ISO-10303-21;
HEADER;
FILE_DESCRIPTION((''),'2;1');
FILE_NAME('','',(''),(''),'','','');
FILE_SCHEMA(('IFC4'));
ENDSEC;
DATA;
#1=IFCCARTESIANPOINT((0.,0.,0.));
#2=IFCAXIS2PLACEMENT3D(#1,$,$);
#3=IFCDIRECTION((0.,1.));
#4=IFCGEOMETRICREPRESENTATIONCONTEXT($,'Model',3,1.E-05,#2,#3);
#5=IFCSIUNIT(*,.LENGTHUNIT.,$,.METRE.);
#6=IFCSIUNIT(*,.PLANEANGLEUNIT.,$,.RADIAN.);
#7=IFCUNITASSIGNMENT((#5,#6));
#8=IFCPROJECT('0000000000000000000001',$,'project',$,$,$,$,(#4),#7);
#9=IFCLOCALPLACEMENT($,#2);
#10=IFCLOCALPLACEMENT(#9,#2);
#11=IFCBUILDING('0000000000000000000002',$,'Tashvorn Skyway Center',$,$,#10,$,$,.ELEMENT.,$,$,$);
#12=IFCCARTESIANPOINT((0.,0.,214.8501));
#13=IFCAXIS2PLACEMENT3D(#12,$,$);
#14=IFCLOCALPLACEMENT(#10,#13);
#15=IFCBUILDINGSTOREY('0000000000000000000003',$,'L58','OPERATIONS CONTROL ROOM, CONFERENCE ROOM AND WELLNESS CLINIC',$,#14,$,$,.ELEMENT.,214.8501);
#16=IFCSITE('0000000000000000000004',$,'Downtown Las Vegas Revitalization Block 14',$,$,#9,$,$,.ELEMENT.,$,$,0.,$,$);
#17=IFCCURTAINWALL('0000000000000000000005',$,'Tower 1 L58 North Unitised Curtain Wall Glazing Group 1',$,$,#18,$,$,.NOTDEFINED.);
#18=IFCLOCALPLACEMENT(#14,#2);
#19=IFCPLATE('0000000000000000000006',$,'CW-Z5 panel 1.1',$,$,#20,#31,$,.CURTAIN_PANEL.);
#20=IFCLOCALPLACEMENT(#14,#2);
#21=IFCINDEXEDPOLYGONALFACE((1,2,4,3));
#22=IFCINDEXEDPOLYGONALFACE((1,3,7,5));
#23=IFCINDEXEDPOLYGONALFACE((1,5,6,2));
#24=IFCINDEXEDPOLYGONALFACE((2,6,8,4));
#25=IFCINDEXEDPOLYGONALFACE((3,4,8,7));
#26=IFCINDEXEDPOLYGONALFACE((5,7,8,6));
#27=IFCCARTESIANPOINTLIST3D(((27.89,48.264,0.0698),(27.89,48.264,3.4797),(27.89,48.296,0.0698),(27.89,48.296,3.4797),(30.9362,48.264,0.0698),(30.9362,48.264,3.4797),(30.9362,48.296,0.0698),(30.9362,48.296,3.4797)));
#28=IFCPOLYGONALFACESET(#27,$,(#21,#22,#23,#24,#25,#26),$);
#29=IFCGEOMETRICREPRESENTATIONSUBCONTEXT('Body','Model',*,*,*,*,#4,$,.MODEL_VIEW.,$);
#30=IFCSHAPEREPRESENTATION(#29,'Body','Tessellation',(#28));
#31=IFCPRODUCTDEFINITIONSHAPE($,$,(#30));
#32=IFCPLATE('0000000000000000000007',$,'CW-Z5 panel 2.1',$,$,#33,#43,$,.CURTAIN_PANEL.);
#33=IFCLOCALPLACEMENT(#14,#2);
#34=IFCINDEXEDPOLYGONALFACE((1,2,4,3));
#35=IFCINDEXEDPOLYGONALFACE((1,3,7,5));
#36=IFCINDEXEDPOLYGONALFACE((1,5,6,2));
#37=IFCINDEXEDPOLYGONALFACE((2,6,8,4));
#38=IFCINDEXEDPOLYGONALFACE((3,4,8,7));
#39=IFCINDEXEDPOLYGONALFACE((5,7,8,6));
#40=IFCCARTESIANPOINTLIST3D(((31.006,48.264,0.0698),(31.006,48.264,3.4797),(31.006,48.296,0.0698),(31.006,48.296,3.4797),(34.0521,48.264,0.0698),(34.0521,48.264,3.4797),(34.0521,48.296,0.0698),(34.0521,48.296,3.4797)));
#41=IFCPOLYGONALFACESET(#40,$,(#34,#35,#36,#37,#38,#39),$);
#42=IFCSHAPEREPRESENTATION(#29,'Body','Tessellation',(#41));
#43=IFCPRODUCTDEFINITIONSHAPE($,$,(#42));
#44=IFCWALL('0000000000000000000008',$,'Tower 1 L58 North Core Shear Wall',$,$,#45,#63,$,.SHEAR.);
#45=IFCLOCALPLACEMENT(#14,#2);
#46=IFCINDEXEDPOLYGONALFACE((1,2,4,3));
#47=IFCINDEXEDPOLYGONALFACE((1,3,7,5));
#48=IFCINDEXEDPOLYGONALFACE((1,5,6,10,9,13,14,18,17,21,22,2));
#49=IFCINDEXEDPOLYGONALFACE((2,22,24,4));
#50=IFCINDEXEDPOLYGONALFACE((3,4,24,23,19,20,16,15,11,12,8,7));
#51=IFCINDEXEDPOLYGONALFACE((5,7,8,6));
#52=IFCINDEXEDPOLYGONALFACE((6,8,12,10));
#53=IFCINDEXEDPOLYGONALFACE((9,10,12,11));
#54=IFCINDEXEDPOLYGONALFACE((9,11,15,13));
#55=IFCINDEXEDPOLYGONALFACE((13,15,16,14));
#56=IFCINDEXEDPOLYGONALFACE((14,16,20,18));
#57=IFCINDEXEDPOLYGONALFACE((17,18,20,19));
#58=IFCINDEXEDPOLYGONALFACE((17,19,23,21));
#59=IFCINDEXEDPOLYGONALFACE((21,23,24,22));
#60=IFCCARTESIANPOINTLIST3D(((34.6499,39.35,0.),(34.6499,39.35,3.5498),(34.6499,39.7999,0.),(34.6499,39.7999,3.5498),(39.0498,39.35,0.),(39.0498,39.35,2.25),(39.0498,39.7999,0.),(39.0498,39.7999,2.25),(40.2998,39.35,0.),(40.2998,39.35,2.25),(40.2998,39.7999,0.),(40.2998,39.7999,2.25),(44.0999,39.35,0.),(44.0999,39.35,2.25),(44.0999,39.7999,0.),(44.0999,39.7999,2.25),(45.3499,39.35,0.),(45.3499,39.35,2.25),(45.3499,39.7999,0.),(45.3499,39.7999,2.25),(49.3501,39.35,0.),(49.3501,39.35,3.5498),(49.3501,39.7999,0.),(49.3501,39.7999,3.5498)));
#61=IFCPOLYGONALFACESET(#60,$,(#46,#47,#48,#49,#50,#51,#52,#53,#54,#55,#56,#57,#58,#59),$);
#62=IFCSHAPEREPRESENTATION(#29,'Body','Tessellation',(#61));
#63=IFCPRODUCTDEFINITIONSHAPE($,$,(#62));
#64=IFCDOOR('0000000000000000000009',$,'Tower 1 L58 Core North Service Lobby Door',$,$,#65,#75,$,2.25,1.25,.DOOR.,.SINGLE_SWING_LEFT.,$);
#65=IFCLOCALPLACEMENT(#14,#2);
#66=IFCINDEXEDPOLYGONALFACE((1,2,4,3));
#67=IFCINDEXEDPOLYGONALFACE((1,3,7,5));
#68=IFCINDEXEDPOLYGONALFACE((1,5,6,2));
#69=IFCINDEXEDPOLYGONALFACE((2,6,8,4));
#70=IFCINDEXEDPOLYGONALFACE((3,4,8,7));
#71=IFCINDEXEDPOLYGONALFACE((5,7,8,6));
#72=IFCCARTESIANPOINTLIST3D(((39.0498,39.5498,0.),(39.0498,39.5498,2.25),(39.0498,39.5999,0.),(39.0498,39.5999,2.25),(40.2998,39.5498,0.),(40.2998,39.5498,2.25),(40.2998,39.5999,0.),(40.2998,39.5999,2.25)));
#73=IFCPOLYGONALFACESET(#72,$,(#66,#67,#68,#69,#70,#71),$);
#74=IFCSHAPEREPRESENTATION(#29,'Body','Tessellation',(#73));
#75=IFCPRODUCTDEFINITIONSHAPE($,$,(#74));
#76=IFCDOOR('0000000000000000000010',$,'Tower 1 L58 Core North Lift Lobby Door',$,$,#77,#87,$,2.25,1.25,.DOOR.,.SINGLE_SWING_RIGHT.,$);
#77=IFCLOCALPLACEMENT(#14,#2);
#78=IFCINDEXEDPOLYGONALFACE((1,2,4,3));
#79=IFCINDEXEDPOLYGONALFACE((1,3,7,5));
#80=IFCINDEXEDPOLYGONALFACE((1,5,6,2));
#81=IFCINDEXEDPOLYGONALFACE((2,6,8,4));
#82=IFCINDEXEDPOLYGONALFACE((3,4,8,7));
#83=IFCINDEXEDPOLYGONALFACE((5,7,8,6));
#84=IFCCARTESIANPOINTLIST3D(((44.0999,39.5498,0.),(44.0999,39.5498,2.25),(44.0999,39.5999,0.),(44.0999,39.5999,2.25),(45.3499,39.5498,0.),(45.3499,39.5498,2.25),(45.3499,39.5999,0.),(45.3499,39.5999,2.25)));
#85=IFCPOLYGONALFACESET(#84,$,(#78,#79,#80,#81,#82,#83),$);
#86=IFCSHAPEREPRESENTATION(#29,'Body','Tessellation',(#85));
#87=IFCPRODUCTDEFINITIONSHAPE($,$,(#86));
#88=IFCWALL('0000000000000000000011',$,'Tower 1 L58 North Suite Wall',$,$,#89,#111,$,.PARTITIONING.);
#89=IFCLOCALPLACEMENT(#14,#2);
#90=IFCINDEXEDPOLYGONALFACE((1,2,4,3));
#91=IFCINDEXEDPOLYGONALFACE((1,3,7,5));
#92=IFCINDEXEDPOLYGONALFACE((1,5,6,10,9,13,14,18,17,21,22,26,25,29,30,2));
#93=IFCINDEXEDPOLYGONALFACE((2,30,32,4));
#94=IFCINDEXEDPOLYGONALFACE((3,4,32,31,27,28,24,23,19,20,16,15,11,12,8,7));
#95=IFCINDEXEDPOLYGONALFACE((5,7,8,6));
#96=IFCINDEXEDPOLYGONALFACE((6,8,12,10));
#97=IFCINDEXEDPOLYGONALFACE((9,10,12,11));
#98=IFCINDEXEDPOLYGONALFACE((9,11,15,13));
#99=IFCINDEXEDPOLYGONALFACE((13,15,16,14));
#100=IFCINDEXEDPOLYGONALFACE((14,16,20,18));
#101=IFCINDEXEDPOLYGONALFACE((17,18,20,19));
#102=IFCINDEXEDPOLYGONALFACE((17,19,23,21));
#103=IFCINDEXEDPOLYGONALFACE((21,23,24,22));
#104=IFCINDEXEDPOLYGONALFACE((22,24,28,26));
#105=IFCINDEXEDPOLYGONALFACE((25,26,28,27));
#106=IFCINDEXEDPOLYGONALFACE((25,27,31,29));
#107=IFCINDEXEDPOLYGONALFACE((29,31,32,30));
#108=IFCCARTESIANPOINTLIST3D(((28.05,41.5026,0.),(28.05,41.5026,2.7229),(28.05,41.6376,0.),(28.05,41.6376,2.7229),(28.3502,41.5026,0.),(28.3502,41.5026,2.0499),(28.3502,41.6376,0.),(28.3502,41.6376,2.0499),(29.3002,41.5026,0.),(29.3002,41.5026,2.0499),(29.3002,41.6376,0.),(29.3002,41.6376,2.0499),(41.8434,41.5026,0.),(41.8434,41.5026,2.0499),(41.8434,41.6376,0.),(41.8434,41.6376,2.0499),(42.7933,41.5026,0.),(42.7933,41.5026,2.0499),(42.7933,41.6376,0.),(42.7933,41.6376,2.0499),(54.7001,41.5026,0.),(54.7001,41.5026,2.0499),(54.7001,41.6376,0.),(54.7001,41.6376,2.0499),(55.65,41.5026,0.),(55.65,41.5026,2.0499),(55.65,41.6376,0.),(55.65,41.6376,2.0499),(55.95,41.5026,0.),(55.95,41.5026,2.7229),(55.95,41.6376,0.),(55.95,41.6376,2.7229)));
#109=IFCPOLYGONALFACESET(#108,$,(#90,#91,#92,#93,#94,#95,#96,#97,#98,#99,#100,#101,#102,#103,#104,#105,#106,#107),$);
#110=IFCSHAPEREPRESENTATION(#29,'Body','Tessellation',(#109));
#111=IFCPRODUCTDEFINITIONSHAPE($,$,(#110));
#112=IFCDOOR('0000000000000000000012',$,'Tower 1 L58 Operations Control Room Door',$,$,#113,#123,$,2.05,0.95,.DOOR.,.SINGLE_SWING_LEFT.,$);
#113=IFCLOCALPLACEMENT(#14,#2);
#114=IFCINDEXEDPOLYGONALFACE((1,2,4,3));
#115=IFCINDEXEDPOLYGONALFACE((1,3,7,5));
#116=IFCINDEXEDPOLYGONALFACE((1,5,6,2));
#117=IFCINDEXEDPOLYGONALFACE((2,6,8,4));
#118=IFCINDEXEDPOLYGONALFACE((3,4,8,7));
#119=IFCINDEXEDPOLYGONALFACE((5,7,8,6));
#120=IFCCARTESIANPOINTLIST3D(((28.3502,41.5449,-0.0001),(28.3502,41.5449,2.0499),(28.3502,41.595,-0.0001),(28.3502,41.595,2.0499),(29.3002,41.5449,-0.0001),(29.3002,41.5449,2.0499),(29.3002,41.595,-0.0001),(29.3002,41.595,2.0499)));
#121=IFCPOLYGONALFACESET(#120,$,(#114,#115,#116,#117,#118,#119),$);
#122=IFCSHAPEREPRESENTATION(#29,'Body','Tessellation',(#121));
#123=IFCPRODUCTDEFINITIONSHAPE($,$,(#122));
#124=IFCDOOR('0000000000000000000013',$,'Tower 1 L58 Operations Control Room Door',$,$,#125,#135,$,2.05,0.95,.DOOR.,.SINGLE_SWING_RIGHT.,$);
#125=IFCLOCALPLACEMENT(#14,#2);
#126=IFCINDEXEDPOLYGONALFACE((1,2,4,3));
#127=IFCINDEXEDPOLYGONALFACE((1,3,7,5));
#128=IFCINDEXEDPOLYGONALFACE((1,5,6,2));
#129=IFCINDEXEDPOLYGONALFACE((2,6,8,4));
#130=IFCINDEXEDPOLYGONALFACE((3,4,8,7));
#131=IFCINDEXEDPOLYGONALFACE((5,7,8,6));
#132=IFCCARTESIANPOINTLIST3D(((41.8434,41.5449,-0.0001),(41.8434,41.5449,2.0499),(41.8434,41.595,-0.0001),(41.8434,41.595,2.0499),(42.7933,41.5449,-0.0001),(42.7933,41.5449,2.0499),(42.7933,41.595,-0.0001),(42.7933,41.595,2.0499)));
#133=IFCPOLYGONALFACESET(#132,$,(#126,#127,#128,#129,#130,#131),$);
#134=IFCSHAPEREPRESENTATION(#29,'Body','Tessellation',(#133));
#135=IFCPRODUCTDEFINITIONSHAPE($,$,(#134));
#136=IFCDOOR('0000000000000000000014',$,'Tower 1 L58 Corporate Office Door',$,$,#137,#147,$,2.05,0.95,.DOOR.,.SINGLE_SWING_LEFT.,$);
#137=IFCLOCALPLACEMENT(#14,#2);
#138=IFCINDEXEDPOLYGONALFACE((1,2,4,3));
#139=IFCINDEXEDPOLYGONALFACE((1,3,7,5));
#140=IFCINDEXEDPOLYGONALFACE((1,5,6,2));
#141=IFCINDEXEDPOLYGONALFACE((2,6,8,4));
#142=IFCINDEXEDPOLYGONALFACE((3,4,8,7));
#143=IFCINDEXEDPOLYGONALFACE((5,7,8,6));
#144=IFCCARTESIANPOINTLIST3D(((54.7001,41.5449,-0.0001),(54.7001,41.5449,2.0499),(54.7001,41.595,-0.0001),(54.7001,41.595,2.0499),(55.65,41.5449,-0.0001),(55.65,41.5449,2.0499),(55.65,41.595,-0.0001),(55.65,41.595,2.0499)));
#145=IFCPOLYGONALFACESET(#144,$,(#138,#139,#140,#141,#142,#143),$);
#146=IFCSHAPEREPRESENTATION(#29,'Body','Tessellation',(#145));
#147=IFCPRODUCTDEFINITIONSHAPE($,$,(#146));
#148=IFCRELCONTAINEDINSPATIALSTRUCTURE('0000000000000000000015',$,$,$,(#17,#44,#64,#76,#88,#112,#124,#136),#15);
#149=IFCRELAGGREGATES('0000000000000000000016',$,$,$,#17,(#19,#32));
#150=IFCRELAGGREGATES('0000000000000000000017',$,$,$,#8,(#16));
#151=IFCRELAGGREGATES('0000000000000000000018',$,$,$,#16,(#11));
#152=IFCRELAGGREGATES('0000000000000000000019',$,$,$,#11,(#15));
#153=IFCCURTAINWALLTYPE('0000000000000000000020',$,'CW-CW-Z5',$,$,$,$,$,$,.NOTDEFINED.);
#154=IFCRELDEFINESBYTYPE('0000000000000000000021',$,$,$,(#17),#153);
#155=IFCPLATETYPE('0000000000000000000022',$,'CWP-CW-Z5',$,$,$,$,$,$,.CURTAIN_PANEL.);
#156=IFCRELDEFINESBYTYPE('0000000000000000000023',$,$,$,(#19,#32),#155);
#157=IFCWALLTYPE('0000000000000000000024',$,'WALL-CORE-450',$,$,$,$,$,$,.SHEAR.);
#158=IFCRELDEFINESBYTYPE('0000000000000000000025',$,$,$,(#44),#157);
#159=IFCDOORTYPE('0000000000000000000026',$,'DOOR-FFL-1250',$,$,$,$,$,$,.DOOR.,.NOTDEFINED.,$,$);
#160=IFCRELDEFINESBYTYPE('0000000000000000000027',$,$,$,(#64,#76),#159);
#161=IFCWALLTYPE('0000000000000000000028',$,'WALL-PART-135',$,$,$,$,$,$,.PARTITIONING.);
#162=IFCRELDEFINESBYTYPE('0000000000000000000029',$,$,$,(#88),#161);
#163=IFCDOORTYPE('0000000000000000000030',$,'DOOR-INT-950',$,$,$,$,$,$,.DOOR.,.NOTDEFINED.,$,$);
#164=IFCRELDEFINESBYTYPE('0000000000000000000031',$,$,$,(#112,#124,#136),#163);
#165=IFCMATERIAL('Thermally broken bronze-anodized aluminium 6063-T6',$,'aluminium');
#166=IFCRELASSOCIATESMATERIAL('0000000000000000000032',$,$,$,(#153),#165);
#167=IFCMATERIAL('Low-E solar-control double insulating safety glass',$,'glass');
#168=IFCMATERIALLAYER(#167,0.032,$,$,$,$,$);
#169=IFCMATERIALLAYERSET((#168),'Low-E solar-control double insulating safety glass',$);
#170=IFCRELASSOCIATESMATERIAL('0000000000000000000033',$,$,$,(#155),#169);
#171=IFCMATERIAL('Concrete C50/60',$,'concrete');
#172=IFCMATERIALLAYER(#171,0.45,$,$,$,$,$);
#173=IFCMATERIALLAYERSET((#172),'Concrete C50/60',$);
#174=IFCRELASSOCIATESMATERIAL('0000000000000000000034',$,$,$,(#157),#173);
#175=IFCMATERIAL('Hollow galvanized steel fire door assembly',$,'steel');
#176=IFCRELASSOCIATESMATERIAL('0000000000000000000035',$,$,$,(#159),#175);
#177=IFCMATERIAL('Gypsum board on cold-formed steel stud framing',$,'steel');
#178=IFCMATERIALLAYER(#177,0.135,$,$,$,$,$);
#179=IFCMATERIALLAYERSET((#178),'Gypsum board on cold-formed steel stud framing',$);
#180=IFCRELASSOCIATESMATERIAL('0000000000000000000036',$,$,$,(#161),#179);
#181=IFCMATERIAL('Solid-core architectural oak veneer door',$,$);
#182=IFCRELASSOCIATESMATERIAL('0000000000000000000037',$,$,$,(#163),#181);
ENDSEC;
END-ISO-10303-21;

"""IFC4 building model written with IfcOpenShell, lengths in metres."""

from ifc_helpers import new_model, si_unit, direction, frame, frame_2d, origin, origin_2d, place, context, subcontext, project, spatial, rectangle, extrude, material, layer, layer_set, type_object, element, fill, aggregate, save


model = new_model("IFC4")

# Units and contexts
model_context = context("Model", 3, precision=1e-05, world=origin(), true_north=direction((0.0, 1.0)))
body_context = subcontext(model_context, "Body", "Model", "MODEL_VIEW")
ifc_project = project(units=[si_unit("LENGTHUNIT", "METRE"), si_unit("PLANEANGLEUNIT", "RADIAN")], contexts=[model_context])

# Site, building, storey
site_placement = place(None, origin())
site = spatial("IfcSite", under=ifc_project, at=site_placement, Name="Downtown Las Vegas Revitalization Block 14", CompositionType="ELEMENT", RefElevation=0.0)
building_placement = place(site_placement, origin())
building = spatial("IfcBuilding", under=site, at=building_placement, Name="Tashvorn Skyway Center", CompositionType="ELEMENT")
storey_placement = place(building_placement, frame((0.0, 0.0, 214.8501)))
storey = spatial("IfcBuildingStorey", under=building, at=storey_placement, Name="L58", Description="OPERATIONS CONTROL ROOM, CONFERENCE ROOM AND WELLNESS CLINIC", CompositionType="ELEMENT", Elevation=214.8501)

# Curtain wall, plates
ifc_material_1 = material(Name="Thermally broken bronze-anodized aluminium 6063-T6", Category="aluminium")
curtain_wall_type = type_object("IfcCurtainWallType", Name="CW-CW-Z5", PredefinedType="NOTDEFINED", material=ifc_material_1)
curtain_wall_placement = place(storey_placement, origin())
curtain_wall = element("IfcCurtainWall", 1, at=curtain_wall_placement, inside=storey, type_object=curtain_wall_type, Name="Tower 1 L58 North Unitised Curtain Wall Glazing Group 1", PredefinedType="NOTDEFINED")
ifc_material_2 = material(Name="Low-E solar-control double insulating safety glass", Category="glass")
ifc_layer_1 = layer(ifc_material_2, 0.032)
ifc_layer_set_1 = layer_set([ifc_layer_1], Name="Low-E solar-control double insulating safety glass")
plate_type = type_object("IfcPlateType", Name="CWP-CW-Z5", PredefinedType="CURTAIN_PANEL", material=ifc_layer_set_1)
plate_1_placement = place(storey_placement, frame((29.4131, 48.28, 0.0698), z_axis=(0.0, 0.0, 1.0), x_axis=(1.0, 0.0, 0.0)))
plate_1 = element("IfcPlate", 2, at=plate_1_placement, type_object=plate_type, Name="CW-Z5 panel 1.1", PredefinedType="CURTAIN_PANEL", context=body_context, shape_type="SweptSolid", body=[
    extrude(rectangle(XDim=3.0461, YDim=0.032, at=origin_2d()), origin(), (0.0, 0.0, 1.0), 3.4099),
])
plate_2_placement = place(storey_placement, frame((32.5291, 48.28, 0.0698), z_axis=(0.0, 0.0, 1.0), x_axis=(1.0, 0.0, 0.0)))
plate_2 = element("IfcPlate", 3, at=plate_2_placement, type_object=plate_type, Name="CW-Z5 panel 2.1", PredefinedType="CURTAIN_PANEL", context=body_context, shape_type="SweptSolid", body=[
    extrude(rectangle(XDim=3.0461, YDim=0.032, at=origin_2d()), origin(), (0.0, 0.0, 1.0), 3.4099),
])
aggregate(curtain_wall, [plate_1, plate_2])

# Walls, openings, doors
ifc_material_3 = material(Name="Concrete C50/60", Category="concrete")
ifc_layer_2 = layer(ifc_material_3, 0.45)
ifc_layer_set_2 = layer_set([ifc_layer_2], Name="Concrete C50/60")
wall_type_1 = type_object("IfcWallType", Name="WALL-CORE-450", PredefinedType="SHEAR", material=ifc_layer_set_2)
wall_1_placement = place(storey_placement, frame((34.6499, 39.575, 0.0), z_axis=(0.0, 0.0, 1.0), x_axis=(1.0, 0.0, 0.0)))
wall_1 = element("IfcWall", 4, at=wall_1_placement, inside=storey, type_object=wall_type_1, Name="Tower 1 L58 North Core Shear Wall", PredefinedType="SHEAR", context=body_context, shape_type="SweptSolid", body=[
    extrude(rectangle(XDim=14.7002, YDim=0.45, at=frame_2d((7.3501, 0.0))), origin(), (0.0, 0.0, 1.0), 3.5498),
])
opening_1_placement = place(wall_1_placement, frame((4.3999, 0.0, 0.0)))
opening_1 = element("IfcOpeningElement", 5, at=opening_1_placement, cuts=wall_1, PredefinedType="OPENING", context=body_context, shape_type="SweptSolid", body=[
    extrude(rectangle(XDim=1.25, YDim=2.25, at=frame_2d((0.625, 1.125))), frame((0.0, 0.2349, 0.0), z_axis=(0.0, -1.0, 0.0), x_axis=(1.0, 0.0, 0.0)), (0.0, 0.0, 1.0), 0.47),
])
opening_2_placement = place(wall_1_placement, frame((9.45, 0.0, 0.0)))
opening_2 = element("IfcOpeningElement", 6, at=opening_2_placement, cuts=wall_1, PredefinedType="OPENING", context=body_context, shape_type="SweptSolid", body=[
    extrude(rectangle(XDim=1.25, YDim=2.25, at=frame_2d((0.625, 1.125))), frame((0.0, 0.2349, 0.0), z_axis=(0.0, -1.0, 0.0), x_axis=(1.0, 0.0, 0.0)), (0.0, 0.0, 1.0), 0.47),
])
ifc_material_4 = material(Name="Hollow galvanized steel fire door assembly", Category="steel")
door_type_1 = type_object("IfcDoorType", Name="DOOR-FFL-1250", OperationType="NOTDEFINED", PredefinedType="DOOR", material=ifc_material_4)
door_1_placement = place(opening_1_placement, origin())
door_1 = element("IfcDoor", 7, at=door_1_placement, inside=storey, type_object=door_type_1, Name="Tower 1 L58 Core North Service Lobby Door", OperationType="SINGLE_SWING_LEFT", OverallHeight=2.25, OverallWidth=1.25, PredefinedType="DOOR", context=body_context, shape_type="SweptSolid", body=[
    extrude(rectangle(XDim=1.25, YDim=2.25, at=frame_2d((0.625, 1.125))), frame((0.0, 0.0249, 0.0), z_axis=(0.0, -1.0, 0.0), x_axis=(1.0, 0.0, 0.0)), (0.0, 0.0, 1.0), 0.05),
])
fill(opening_1, door_1)
door_2_placement = place(opening_2_placement, origin())
door_2 = element("IfcDoor", 8, at=door_2_placement, inside=storey, type_object=door_type_1, Name="Tower 1 L58 Core North Lift Lobby Door", OperationType="SINGLE_SWING_RIGHT", OverallHeight=2.25, OverallWidth=1.25, PredefinedType="DOOR", context=body_context, shape_type="SweptSolid", body=[
    extrude(rectangle(XDim=1.25, YDim=2.25, at=frame_2d((0.625, 1.125))), frame((0.0, 0.0249, 0.0), z_axis=(0.0, -1.0, 0.0), x_axis=(1.0, 0.0, 0.0)), (0.0, 0.0, 1.0), 0.05),
])
fill(opening_2, door_2)
ifc_material_5 = material(Name="Gypsum board on cold-formed steel stud framing", Category="steel")
ifc_layer_3 = layer(ifc_material_5, 0.135)
ifc_layer_set_3 = layer_set([ifc_layer_3], Name="Gypsum board on cold-formed steel stud framing")
wall_type_2 = type_object("IfcWallType", Name="WALL-PART-135", PredefinedType="PARTITIONING", material=ifc_layer_set_3)
wall_2_placement = place(storey_placement, frame((28.05, 41.5701, 0.0), z_axis=(0.0, 0.0, 1.0), x_axis=(1.0, 0.0, 0.0)))
wall_2 = element("IfcWall", 9, at=wall_2_placement, inside=storey, type_object=wall_type_2, Name="Tower 1 L58 North Suite Wall", PredefinedType="PARTITIONING", context=body_context, shape_type="SweptSolid", body=[
    extrude(rectangle(XDim=27.8999, YDim=0.135, at=frame_2d((13.95, 0.0))), origin(), (0.0, 0.0, 1.0), 2.7229),
])
opening_3_placement = place(wall_2_placement, frame((0.3, 0.0, 0.0)))
opening_3 = element("IfcOpeningElement", 10, at=opening_3_placement, cuts=wall_2, PredefinedType="OPENING", context=body_context, shape_type="SweptSolid", body=[
    extrude(rectangle(XDim=0.95, YDim=2.05, at=frame_2d((0.4751, 1.0249))), frame((0.0, 0.0774, 0.0), z_axis=(0.0, -1.0, 0.0), x_axis=(1.0, 0.0, 0.0)), (0.0, 0.0, 1.0), 0.155),
])
opening_4_placement = place(wall_2_placement, frame((13.7932, 0.0, 0.0)))
opening_4 = element("IfcOpeningElement", 11, at=opening_4_placement, cuts=wall_2, PredefinedType="OPENING", context=body_context, shape_type="SweptSolid", body=[
    extrude(rectangle(XDim=0.95, YDim=2.05, at=frame_2d((0.4751, 1.0249))), frame((0.0, 0.0774, 0.0), z_axis=(0.0, -1.0, 0.0), x_axis=(1.0, 0.0, 0.0)), (0.0, 0.0, 1.0), 0.155),
])
opening_5_placement = place(wall_2_placement, frame((26.6499, 0.0, 0.0)))
opening_5 = element("IfcOpeningElement", 12, at=opening_5_placement, cuts=wall_2, PredefinedType="OPENING", context=body_context, shape_type="SweptSolid", body=[
    extrude(rectangle(XDim=0.95, YDim=2.05, at=frame_2d((0.4751, 1.0249))), frame((0.0, 0.0774, 0.0), z_axis=(0.0, -1.0, 0.0), x_axis=(1.0, 0.0, 0.0)), (0.0, 0.0, 1.0), 0.155),
])
ifc_material_6 = material(Name="Solid-core architectural oak veneer door")
door_type_2 = type_object("IfcDoorType", Name="DOOR-INT-950", OperationType="NOTDEFINED", PredefinedType="DOOR", material=ifc_material_6)
door_3_placement = place(opening_3_placement, origin())
door_3 = element("IfcDoor", 13, at=door_3_placement, inside=storey, type_object=door_type_2, Name="Tower 1 L58 Operations Control Room Door", OperationType="SINGLE_SWING_LEFT", OverallHeight=2.05, OverallWidth=0.95, PredefinedType="DOOR", context=body_context, shape_type="SweptSolid", body=[
    extrude(rectangle(XDim=0.95, YDim=2.05, at=frame_2d((0.4751, 1.0249))), frame((0.0, 0.0249, 0.0), z_axis=(0.0, -1.0, 0.0), x_axis=(1.0, 0.0, 0.0)), (0.0, 0.0, 1.0), 0.05),
])
fill(opening_3, door_3)
door_4_placement = place(opening_4_placement, origin())
door_4 = element("IfcDoor", 14, at=door_4_placement, inside=storey, type_object=door_type_2, Name="Tower 1 L58 Operations Control Room Door", OperationType="SINGLE_SWING_RIGHT", OverallHeight=2.05, OverallWidth=0.95, PredefinedType="DOOR", context=body_context, shape_type="SweptSolid", body=[
    extrude(rectangle(XDim=0.95, YDim=2.05, at=frame_2d((0.4751, 1.0249))), frame((0.0, 0.0249, 0.0), z_axis=(0.0, -1.0, 0.0), x_axis=(1.0, 0.0, 0.0)), (0.0, 0.0, 1.0), 0.05),
])
fill(opening_4, door_4)
door_5_placement = place(opening_5_placement, origin())
door_5 = element("IfcDoor", 15, at=door_5_placement, inside=storey, type_object=door_type_2, Name="Tower 1 L58 Corporate Office Door", OperationType="SINGLE_SWING_LEFT", OverallHeight=2.05, OverallWidth=0.95, PredefinedType="DOOR", context=body_context, shape_type="SweptSolid", body=[
    extrude(rectangle(XDim=0.95, YDim=2.05, at=frame_2d((0.4751, 1.0249))), frame((0.0, 0.0249, 0.0), z_axis=(0.0, -1.0, 0.0), x_axis=(1.0, 0.0, 0.0)), (0.0, 0.0, 1.0), 0.05),
])
fill(opening_5, door_5)

save(model, "model.ifc")
